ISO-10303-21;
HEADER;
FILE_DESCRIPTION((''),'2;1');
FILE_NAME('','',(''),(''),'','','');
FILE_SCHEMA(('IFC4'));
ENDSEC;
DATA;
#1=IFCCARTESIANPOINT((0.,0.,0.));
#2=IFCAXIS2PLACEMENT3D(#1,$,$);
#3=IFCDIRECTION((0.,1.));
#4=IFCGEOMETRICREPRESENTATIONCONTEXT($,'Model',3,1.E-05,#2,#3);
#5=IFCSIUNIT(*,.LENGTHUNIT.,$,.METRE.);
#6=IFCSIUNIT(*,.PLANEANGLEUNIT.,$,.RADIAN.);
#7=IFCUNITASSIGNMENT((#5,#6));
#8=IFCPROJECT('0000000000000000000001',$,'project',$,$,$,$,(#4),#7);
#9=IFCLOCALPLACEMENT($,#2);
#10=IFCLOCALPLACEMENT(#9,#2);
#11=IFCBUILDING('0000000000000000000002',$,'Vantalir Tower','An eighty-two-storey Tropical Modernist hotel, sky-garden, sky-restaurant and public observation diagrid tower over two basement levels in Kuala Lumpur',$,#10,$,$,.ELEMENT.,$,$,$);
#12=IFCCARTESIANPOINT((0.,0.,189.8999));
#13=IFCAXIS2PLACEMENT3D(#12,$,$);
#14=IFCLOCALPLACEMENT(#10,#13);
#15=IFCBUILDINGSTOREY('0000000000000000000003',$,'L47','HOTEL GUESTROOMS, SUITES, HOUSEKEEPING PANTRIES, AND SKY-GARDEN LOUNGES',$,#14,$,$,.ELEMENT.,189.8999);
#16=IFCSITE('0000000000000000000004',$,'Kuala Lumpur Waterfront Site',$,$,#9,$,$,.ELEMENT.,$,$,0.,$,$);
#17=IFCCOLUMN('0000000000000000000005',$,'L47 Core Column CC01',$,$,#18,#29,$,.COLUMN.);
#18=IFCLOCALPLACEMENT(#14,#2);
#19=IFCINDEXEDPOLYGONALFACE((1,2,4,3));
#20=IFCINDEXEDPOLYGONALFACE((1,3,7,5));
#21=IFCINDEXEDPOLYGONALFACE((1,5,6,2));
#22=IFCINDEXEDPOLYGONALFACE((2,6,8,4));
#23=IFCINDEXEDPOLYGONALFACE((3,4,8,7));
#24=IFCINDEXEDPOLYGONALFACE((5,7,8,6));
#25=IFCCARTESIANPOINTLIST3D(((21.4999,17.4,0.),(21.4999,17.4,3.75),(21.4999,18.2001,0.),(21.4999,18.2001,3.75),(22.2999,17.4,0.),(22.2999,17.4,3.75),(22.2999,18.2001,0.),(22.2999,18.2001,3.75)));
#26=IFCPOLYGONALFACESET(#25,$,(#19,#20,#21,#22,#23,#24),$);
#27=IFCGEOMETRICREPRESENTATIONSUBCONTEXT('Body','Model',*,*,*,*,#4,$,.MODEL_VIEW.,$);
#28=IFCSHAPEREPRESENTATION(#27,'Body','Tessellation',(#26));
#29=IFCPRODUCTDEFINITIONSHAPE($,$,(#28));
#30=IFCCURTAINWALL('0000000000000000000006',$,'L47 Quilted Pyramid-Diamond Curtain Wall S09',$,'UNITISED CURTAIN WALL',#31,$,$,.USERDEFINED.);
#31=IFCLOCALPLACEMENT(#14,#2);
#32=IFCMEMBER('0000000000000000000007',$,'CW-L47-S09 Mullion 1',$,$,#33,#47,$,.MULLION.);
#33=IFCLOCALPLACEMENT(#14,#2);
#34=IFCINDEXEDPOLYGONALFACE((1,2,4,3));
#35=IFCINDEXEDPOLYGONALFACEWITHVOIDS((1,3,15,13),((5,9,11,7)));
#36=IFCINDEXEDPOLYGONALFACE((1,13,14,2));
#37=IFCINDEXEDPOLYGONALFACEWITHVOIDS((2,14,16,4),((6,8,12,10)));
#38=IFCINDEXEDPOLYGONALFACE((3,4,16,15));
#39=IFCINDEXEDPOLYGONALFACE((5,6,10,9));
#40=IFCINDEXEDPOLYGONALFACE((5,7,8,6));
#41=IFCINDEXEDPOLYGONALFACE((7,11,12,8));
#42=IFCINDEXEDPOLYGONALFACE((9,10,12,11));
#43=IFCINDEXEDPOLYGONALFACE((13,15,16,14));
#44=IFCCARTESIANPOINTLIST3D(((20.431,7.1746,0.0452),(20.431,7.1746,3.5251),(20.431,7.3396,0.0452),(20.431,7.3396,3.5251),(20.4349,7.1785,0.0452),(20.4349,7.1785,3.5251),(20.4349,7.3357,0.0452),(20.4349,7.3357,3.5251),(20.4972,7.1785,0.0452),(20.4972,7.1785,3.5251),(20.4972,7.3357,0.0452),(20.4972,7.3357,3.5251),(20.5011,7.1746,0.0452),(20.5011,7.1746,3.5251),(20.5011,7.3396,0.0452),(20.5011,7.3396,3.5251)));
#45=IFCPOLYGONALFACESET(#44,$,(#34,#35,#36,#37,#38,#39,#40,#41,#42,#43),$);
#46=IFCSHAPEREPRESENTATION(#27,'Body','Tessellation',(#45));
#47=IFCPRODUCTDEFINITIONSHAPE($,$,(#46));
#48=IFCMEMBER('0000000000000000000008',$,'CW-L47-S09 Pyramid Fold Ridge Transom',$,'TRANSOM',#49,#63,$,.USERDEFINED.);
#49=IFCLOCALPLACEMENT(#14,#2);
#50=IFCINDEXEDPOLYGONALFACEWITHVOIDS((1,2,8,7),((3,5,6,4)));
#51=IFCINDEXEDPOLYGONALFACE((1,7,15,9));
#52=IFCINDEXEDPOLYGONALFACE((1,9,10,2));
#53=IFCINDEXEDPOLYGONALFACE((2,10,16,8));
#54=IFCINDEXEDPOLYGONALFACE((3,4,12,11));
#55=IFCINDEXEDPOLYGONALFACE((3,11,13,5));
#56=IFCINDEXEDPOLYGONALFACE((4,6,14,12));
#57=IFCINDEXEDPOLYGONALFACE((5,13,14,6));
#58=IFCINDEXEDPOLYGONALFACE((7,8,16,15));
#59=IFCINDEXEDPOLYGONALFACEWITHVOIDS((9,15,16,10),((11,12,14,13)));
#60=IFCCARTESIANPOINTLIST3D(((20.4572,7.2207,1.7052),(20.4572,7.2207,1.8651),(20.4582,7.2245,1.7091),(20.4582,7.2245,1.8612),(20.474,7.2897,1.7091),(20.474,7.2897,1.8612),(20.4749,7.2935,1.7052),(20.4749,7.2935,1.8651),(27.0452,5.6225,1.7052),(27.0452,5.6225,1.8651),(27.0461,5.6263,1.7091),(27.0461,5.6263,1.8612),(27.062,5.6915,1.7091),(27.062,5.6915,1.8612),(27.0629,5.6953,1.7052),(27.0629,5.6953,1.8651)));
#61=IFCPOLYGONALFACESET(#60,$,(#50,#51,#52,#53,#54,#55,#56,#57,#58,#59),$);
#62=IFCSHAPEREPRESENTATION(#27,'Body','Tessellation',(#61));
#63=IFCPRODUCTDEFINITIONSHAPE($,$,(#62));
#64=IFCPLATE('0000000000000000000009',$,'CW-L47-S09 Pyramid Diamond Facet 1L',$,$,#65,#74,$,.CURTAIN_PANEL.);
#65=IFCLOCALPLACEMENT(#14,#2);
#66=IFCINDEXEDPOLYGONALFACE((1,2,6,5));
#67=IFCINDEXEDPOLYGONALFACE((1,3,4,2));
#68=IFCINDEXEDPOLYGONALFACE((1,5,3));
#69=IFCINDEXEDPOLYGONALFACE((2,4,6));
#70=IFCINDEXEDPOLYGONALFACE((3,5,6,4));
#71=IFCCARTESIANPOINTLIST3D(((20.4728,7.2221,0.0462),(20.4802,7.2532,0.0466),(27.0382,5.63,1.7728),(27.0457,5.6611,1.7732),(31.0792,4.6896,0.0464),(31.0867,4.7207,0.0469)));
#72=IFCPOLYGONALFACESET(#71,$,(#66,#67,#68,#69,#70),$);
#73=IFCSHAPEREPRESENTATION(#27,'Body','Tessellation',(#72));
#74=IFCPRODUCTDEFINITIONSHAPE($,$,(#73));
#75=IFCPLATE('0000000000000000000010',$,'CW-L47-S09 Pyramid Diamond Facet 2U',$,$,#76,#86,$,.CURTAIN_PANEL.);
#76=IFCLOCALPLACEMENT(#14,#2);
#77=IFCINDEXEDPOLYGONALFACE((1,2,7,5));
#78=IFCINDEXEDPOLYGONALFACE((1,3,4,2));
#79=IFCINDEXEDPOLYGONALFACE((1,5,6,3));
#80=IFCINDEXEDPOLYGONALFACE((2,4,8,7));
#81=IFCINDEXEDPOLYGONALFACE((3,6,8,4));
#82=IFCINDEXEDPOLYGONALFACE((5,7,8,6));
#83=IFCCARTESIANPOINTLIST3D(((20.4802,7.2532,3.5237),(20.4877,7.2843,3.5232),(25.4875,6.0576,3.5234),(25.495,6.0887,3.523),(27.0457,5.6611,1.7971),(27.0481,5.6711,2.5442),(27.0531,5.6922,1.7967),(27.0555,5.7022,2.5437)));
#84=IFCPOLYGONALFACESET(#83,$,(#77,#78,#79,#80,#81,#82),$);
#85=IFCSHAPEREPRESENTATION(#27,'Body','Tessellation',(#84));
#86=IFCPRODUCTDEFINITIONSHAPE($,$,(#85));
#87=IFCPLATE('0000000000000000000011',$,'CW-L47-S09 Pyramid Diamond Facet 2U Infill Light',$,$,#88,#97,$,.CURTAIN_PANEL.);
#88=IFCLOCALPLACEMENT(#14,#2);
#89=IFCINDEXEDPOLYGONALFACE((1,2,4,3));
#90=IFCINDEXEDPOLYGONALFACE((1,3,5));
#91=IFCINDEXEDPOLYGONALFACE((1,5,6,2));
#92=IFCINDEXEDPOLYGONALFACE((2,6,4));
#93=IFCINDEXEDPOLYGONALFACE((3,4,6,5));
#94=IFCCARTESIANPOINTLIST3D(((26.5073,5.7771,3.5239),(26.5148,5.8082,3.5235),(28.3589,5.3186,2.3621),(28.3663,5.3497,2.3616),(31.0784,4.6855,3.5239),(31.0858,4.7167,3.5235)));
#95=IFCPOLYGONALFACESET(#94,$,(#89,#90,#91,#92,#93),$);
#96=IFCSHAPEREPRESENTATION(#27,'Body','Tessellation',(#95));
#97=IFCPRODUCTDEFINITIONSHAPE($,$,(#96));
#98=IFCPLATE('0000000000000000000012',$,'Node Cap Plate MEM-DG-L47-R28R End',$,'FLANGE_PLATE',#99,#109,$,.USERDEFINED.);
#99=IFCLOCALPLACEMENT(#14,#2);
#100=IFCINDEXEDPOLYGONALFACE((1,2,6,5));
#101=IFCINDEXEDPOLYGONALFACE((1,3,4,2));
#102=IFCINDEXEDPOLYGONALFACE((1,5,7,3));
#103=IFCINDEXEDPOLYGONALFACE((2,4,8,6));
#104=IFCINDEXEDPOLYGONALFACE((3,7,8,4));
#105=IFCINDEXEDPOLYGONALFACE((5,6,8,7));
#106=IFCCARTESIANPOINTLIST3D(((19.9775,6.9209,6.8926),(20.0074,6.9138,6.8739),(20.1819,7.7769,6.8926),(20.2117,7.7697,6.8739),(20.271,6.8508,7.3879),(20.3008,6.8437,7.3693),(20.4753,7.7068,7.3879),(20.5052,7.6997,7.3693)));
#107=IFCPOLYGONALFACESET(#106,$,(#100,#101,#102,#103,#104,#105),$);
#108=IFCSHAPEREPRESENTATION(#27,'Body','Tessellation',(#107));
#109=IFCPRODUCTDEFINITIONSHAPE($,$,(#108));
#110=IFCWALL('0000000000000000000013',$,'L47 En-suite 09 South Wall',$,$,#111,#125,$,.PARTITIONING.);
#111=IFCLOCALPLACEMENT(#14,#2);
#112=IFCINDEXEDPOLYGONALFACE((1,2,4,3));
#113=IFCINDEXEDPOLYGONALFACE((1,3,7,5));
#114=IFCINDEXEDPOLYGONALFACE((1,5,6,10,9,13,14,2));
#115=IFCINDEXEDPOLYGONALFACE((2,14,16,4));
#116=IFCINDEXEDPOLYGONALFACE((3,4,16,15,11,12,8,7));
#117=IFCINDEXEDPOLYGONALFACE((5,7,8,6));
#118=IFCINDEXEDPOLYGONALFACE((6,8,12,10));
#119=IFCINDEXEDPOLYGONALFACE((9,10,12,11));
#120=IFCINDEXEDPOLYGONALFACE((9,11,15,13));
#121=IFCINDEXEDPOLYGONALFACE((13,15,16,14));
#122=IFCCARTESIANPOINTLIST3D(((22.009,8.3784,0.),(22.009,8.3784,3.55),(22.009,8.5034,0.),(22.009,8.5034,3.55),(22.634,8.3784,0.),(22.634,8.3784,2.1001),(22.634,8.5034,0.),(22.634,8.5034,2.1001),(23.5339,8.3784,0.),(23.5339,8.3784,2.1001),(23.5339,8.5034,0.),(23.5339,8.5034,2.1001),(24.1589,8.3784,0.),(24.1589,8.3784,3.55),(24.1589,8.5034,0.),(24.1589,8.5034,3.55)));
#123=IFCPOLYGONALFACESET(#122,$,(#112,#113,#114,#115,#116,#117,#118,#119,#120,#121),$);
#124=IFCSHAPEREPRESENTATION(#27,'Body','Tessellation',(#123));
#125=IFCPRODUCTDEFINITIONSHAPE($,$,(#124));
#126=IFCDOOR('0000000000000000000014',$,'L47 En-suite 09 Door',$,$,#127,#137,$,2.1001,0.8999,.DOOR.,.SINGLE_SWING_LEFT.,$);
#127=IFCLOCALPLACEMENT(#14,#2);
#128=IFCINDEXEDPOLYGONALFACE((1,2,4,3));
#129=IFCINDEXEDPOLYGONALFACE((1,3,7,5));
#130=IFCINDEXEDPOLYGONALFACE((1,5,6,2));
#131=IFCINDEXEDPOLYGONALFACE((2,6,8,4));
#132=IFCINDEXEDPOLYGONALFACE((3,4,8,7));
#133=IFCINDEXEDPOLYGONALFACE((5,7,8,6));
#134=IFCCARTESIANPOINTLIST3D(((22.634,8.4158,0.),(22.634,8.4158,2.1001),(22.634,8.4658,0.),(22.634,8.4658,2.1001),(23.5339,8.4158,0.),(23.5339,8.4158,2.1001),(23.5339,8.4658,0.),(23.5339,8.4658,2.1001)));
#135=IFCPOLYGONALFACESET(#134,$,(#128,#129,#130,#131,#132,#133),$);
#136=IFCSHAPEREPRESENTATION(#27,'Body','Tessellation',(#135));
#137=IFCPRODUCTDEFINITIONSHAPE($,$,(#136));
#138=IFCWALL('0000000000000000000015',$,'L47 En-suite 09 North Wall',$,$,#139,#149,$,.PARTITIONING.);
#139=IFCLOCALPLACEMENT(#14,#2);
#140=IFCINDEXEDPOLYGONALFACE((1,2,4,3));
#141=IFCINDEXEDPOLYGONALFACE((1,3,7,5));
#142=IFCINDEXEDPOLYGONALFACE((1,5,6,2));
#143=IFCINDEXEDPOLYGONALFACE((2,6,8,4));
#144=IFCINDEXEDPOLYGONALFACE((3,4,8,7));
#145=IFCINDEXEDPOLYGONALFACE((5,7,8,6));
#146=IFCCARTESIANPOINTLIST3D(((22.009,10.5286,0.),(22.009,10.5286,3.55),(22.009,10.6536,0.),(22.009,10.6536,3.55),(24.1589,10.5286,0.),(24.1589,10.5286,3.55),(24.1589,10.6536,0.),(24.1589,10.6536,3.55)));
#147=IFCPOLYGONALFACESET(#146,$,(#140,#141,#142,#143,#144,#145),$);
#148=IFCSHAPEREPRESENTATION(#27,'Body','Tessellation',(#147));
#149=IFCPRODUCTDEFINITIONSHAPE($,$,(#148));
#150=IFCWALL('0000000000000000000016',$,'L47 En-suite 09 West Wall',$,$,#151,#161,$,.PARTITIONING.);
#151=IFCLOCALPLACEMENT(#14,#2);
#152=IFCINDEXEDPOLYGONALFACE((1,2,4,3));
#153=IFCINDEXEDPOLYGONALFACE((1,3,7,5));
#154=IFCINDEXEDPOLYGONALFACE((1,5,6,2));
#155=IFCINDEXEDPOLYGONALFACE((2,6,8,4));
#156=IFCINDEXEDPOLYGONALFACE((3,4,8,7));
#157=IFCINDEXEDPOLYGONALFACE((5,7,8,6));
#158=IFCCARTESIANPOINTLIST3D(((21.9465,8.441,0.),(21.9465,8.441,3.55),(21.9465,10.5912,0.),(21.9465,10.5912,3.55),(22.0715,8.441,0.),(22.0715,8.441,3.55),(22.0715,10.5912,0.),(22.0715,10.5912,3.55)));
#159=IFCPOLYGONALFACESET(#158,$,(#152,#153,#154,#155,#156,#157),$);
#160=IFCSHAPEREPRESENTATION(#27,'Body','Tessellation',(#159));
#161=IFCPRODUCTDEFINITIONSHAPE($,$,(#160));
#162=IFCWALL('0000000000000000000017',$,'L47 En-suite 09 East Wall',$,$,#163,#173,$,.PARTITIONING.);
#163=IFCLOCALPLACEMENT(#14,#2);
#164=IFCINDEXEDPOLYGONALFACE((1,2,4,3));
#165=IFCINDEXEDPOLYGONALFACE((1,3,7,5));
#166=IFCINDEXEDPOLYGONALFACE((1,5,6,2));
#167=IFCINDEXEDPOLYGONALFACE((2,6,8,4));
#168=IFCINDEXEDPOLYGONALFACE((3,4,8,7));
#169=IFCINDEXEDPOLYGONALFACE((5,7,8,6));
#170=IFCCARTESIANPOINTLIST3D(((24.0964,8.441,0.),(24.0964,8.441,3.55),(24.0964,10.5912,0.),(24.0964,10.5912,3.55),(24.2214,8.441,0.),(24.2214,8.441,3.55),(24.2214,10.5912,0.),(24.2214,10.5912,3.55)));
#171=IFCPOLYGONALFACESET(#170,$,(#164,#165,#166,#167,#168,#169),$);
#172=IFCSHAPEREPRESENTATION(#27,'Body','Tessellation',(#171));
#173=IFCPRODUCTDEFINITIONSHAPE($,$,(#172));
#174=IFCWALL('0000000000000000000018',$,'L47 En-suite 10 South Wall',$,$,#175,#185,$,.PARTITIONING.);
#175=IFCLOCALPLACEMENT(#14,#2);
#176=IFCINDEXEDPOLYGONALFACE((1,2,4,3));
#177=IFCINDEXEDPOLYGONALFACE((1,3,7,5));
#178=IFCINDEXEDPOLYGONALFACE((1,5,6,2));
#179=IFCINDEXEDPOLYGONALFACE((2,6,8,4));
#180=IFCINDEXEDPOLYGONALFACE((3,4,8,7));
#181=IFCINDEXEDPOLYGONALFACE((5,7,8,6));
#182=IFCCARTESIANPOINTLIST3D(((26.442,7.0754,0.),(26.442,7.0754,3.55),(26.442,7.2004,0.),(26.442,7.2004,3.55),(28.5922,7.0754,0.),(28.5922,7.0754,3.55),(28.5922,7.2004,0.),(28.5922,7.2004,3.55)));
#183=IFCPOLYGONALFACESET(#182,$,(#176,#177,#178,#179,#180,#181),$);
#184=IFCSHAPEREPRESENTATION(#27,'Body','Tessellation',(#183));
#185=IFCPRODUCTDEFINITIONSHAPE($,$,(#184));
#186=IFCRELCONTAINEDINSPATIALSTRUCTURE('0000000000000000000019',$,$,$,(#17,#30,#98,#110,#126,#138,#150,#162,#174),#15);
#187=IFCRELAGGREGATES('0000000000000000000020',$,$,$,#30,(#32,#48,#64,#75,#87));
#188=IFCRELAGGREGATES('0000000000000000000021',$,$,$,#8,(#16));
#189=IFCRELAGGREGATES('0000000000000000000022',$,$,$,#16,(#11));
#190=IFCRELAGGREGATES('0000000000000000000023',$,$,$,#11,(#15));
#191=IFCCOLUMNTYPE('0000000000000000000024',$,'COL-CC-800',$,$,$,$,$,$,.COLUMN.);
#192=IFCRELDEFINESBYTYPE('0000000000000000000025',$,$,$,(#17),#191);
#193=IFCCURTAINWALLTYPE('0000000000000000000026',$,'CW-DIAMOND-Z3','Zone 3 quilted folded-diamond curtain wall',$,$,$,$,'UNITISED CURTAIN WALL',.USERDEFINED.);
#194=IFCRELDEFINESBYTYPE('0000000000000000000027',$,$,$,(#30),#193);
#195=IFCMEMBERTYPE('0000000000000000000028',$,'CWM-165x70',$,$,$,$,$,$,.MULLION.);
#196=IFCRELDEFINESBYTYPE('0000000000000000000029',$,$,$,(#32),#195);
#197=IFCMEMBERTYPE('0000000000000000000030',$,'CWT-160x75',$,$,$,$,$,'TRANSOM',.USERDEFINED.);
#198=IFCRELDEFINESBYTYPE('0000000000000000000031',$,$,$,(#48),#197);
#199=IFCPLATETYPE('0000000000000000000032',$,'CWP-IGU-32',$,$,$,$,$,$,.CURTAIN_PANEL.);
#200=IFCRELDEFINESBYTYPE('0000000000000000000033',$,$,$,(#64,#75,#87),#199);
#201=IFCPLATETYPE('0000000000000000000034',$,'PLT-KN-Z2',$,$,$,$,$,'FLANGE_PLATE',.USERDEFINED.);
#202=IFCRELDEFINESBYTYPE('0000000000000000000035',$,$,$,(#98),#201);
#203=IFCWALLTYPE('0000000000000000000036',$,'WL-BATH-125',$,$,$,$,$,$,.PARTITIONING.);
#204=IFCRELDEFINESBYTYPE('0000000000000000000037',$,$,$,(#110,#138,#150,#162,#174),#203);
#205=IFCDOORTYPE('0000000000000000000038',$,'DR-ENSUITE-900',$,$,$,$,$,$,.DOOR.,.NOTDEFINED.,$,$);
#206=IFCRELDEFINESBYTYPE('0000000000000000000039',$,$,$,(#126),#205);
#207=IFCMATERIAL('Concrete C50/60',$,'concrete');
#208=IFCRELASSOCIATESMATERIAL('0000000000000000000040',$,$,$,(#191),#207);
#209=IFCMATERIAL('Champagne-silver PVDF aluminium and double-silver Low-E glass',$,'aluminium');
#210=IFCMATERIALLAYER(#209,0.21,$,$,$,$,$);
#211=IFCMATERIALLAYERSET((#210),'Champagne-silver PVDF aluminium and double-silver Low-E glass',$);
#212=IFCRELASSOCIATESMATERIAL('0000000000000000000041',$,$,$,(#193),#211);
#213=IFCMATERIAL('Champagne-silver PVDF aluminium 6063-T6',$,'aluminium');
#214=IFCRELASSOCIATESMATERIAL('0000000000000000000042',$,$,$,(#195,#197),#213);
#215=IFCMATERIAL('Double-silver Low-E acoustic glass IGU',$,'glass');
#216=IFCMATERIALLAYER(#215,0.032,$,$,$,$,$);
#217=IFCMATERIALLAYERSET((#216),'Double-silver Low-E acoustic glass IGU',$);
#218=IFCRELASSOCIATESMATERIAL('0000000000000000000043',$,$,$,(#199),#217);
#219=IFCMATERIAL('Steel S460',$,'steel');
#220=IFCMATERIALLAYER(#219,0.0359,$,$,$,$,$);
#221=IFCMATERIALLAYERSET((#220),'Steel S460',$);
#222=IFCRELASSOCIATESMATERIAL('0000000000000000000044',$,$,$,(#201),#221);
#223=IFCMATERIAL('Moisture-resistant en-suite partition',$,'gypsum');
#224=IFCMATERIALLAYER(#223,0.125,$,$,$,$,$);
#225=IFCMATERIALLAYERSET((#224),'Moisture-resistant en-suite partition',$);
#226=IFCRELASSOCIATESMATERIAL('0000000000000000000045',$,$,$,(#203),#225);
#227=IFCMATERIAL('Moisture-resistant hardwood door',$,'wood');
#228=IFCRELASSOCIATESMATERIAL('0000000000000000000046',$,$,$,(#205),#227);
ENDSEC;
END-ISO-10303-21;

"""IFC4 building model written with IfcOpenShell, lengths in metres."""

from ifc_helpers import new_model, si_unit, direction, frame, frame_2d, origin, origin_2d, place, context, subcontext, project, spatial, polyline, rectangle, hollow_rectangle, outline, extrude, material, layer, layer_set, material_profile, profile_set, type_object, element, fill, aggregate, save


model = new_model("IFC4")

# Units and contexts
model_context = context("Model", 3, precision=1e-05, world=origin(), true_north=direction((0.0, 1.0)))
body_context = subcontext(model_context, "Body", "Model", "MODEL_VIEW")
ifc_project = project(units=[si_unit("LENGTHUNIT", "METRE"), si_unit("PLANEANGLEUNIT", "RADIAN")], contexts=[model_context])

# Site, building, storey
site_placement = place(None, origin())
site = spatial("IfcSite", under=ifc_project, at=site_placement, Name="Kuala Lumpur Waterfront Site", CompositionType="ELEMENT", RefElevation=0.0)
building_placement = place(site_placement, origin())
building = spatial("IfcBuilding", under=site, at=building_placement, Name="Vantalir Tower", Description="An eighty-two-storey Tropical Modernist hotel, sky-garden, sky-restaurant and public observation diagrid tower over two basement levels in Kuala Lumpur", CompositionType="ELEMENT")
storey_placement = place(building_placement, frame((0.0, 0.0, 189.8999)))
storey = spatial("IfcBuildingStorey", under=building, at=storey_placement, Name="L47", Description="HOTEL GUESTROOMS, SUITES, HOUSEKEEPING PANTRIES, AND SKY-GARDEN LOUNGES", CompositionType="ELEMENT", Elevation=189.8999)

# Column
ifc_material_1 = material(Name="Concrete C50/60", Category="concrete")
ifc_material_profile_1 = material_profile(ifc_material_1, rectangle(XDim=0.8, YDim=0.8, at=origin_2d()), Name="Concrete C50/60")
ifc_profile_set_1 = profile_set([ifc_material_profile_1], Name="Concrete C50/60")
column_type = type_object("IfcColumnType", Name="COL-CC-800", PredefinedType="COLUMN", material=ifc_profile_set_1)
column_placement = place(storey_placement, frame((21.8999, 17.8, 0.0), z_axis=(0.0, 0.0, 1.0), x_axis=(1.0, 0.0, 0.0)))
element("IfcColumn", 1, at=column_placement, inside=storey, type_object=column_type, Name="L47 Core Column CC01", PredefinedType="COLUMN", context=body_context, shape_type="SweptSolid", body=[
    extrude(rectangle(XDim=0.8, YDim=0.8, at=origin_2d()), origin(), (0.0, 0.0, 1.0), 3.75),
])

# Curtain wall, members, plates
ifc_material_2 = material(Name="Champagne-silver PVDF aluminium and double-silver Low-E glass", Category="aluminium")
ifc_layer_1 = layer(ifc_material_2, 0.21)
ifc_layer_set_1 = layer_set([ifc_layer_1], Name="Champagne-silver PVDF aluminium and double-silver Low-E glass")
curtain_wall_type = type_object("IfcCurtainWallType", Name="CW-DIAMOND-Z3", Description="Zone 3 quilted folded-diamond curtain wall", ElementType="UNITISED CURTAIN WALL", PredefinedType="USERDEFINED", material=ifc_layer_set_1)
curtain_wall_placement = place(storey_placement, origin())
curtain_wall = element("IfcCurtainWall", 2, at=curtain_wall_placement, inside=storey, type_object=curtain_wall_type, Name="L47 Quilted Pyramid-Diamond Curtain Wall S09", ObjectType="UNITISED CURTAIN WALL", PredefinedType="USERDEFINED")
ifc_material_3 = material(Name="Champagne-silver PVDF aluminium 6063-T6", Category="aluminium")
ifc_material_profile_2 = material_profile(ifc_material_3, hollow_rectangle(XDim=0.0701, YDim=0.165, WallThickness=0.0039, at=origin_2d()), Name="Champagne-silver PVDF aluminium 6063-T6")
ifc_profile_set_2 = profile_set([ifc_material_profile_2], Name="Champagne-silver PVDF aluminium 6063-T6")
member_type_1 = type_object("IfcMemberType", Name="CWM-165x70", PredefinedType="MULLION", material=ifc_profile_set_2)
member_1_placement = place(storey_placement, frame((20.4661, 7.2571, 0.0452), z_axis=(0.0, 0.0, 1.0), x_axis=(1.0, 0.0, 0.0)))
member_1 = element("IfcMember", 3, at=member_1_placement, type_object=member_type_1, Name="CW-L47-S09 Mullion 1", PredefinedType="MULLION", context=body_context, shape_type="SweptSolid", body=[
    extrude(hollow_rectangle(XDim=0.0701, YDim=0.165, WallThickness=0.0039, at=origin_2d()), origin(), (0.0, 0.0, 1.0), 3.48),
])
ifc_material_profile_3 = material_profile(ifc_material_3, hollow_rectangle(XDim=0.075, YDim=0.1599, WallThickness=0.0039, at=origin_2d()), Name="Champagne-silver PVDF aluminium 6063-T6")
ifc_profile_set_3 = profile_set([ifc_material_profile_3], Name="Champagne-silver PVDF aluminium 6063-T6")
member_type_2 = type_object("IfcMemberType", Name="CWT-160x75", ElementType="TRANSOM", PredefinedType="USERDEFINED", material=ifc_profile_set_3)
member_2_placement = place(storey_placement, frame((20.4661, 7.2571, 1.7852), z_axis=(0.971814, -0.235751, 0.0), x_axis=(0.235751, 0.971814, 0.0)))
member_2 = element("IfcMember", 4, at=member_2_placement, type_object=member_type_2, Name="CW-L47-S09 Pyramid Fold Ridge Transom", ObjectType="TRANSOM", PredefinedType="USERDEFINED", context=body_context, shape_type="SweptSolid", body=[
    extrude(hollow_rectangle(XDim=0.075, YDim=0.1599, WallThickness=0.0039, at=origin_2d()), origin(), (0.0, 0.0, 1.0), 6.7791),
])
ifc_material_4 = material(Name="Double-silver Low-E acoustic glass IGU", Category="glass")
ifc_layer_2 = layer(ifc_material_4, 0.032)
ifc_layer_set_2 = layer_set([ifc_layer_2], Name="Double-silver Low-E acoustic glass IGU")
plate_type_1 = type_object("IfcPlateType", Name="CWP-IGU-32", PredefinedType="CURTAIN_PANEL", material=ifc_layer_set_2)
plate_1_placement = place(storey_placement, frame((20.4802, 7.2532, 0.0466), z_axis=(0.232217, 0.972567, 0.013764), x_axis=(0.972659, -0.232239, 0.000022)))
plate_1 = element("IfcPlate", 5, at=plate_1_placement, type_object=plate_type_1, Name="CW-L47-S09 Pyramid Diamond Facet 1L", PredefinedType="CURTAIN_PANEL", context=body_context, shape_type="SweptSolid", body=[
    extrude(outline(polyline([(0.0, 0.0), (10.9046, 0.0), (6.7557, -1.7266), (0.0, 0.0)])), origin(), (0.0, 0.0, -1.0), 0.032),
])
plate_2_placement = place(storey_placement, frame((20.4802, 7.2532, 3.5237), z_axis=(-0.232211, -0.972568, 0.013786), x_axis=(0.97266, -0.232233, -0.000047)))
plate_2 = element("IfcPlate", 6, at=plate_2_placement, type_object=plate_type_1, Name="CW-L47-S09 Pyramid Diamond Facet 2U", PredefinedType="CURTAIN_PANEL", context=body_context, shape_type="SweptSolid", body=[
    extrude(outline(polyline([(0.0, 0.0), (5.1481, 0.0), (6.7558, -0.9793), (6.7557, -1.7264), (0.0, 0.0)])), origin(), (0.0, 0.0, -1.0), 0.032),
])
plate_3_placement = place(storey_placement, frame((26.5073, 5.7771, 3.5239), z_axis=(-0.232245, -0.972561, 0.013685), x_axis=(0.972652, -0.232267, 0.0)))
plate_3 = element("IfcPlate", 7, at=plate_3_placement, type_object=plate_type_1, Name="CW-L47-S09 Pyramid Diamond Facet 2U Infill Light", PredefinedType="CURTAIN_PANEL", context=body_context, shape_type="SweptSolid", body=[
    extrude(outline(polyline([(0.0, 0.0), (4.6996, 0.0), (1.9074, -1.162), (0.0, 0.0)])), origin(), (0.0, 0.0, -1.0), 0.032),
])
aggregate(curtain_wall, [member_1, member_2, plate_1, plate_2, plate_3])

# Plate
ifc_material_5 = material(Name="Steel S460", Category="steel")
ifc_layer_3 = layer(ifc_material_5, 0.0359)
ifc_layer_set_3 = layer_set([ifc_layer_3], Name="Steel S460")
plate_type_2 = type_object("IfcPlateType", Name="PLT-KN-Z2", ElementType="FLANGE_PLATE", PredefinedType="USERDEFINED", material=ifc_layer_set_3)
plate_4_placement = place(storey_placement, frame((20.1819, 7.7769, 6.8926), z_axis=(-0.830715, 0.198319, 0.520176), x_axis=(-0.232208, -0.972666, 0.0)))
element("IfcPlate", 8, at=plate_4_placement, inside=storey, type_object=plate_type_2, Name="Node Cap Plate MEM-DG-L47-R28R End", ObjectType="FLANGE_PLATE", PredefinedType="USERDEFINED", context=body_context, shape_type="SweptSolid", body=[
    extrude(outline(polyline([(0.0, 0.0), (0.88, 0.0), (0.88, 0.58), (0.0, 0.58), (0.0, 0.0)])), origin(), (0.0, 0.0, -1.0), 0.0359),
])

# Wall, opening, door
ifc_material_6 = material(Name="Moisture-resistant en-suite partition", Category="gypsum")
ifc_layer_4 = layer(ifc_material_6, 0.125)
ifc_layer_set_4 = layer_set([ifc_layer_4], Name="Moisture-resistant en-suite partition")
wall_type_1 = type_object("IfcWallType", Name="WL-BATH-125", PredefinedType="PARTITIONING", material=ifc_layer_set_4)
wall_1_placement = place(storey_placement, frame((22.009, 8.4409, 0.0), z_axis=(0.0, 0.0, 1.0), x_axis=(1.0, 0.0, 0.0)))
wall_1 = element("IfcWall", 9, at=wall_1_placement, inside=storey, type_object=wall_type_1, Name="L47 En-suite 09 South Wall", PredefinedType="PARTITIONING", context=body_context, shape_type="SweptSolid", body=[
    extrude(rectangle(XDim=2.1499, YDim=0.125, at=frame_2d((1.075, 0.0))), origin(), (0.0, 0.0, 1.0), 3.55),
])
opening_1_placement = place(wall_1_placement, frame((0.625, 0.0, 0.0)))
opening_1 = element("IfcOpeningElement", 10, at=opening_1_placement, cuts=wall_1, PredefinedType="OPENING", context=body_context, shape_type="SweptSolid", body=[
    extrude(rectangle(XDim=0.8999, YDim=2.1001, at=frame_2d((0.45, 1.05))), frame((0.0, 0.0725, 0.0), z_axis=(0.0, -1.0, 0.0), x_axis=(1.0, 0.0, 0.0)), (0.0, 0.0, 1.0), 0.145),
])
ifc_material_7 = material(Name="Moisture-resistant hardwood door", Category="wood")
door_type_1 = type_object("IfcDoorType", Name="DR-ENSUITE-900", OperationType="NOTDEFINED", PredefinedType="DOOR", material=ifc_material_7)
door_1_placement = place(opening_1_placement, origin())
door_1 = element("IfcDoor", 11, at=door_1_placement, inside=storey, type_object=door_type_1, Name="L47 En-suite 09 Door", OperationType="SINGLE_SWING_LEFT", OverallHeight=2.1001, OverallWidth=0.8999, PredefinedType="DOOR", context=body_context, shape_type="SweptSolid", body=[
    extrude(rectangle(XDim=0.8999, YDim=2.1001, at=frame_2d((0.45, 1.05))), frame((0.0, 0.0249, 0.0), z_axis=(0.0, -1.0, 0.0), x_axis=(1.0, 0.0, 0.0)), (0.0, 0.0, 1.0), 0.05),
])
fill(opening_1, door_1)

# Walls
wall_2_placement = place(storey_placement, frame((22.009, 10.5911, 0.0), z_axis=(0.0, 0.0, 1.0), x_axis=(1.0, 0.0, 0.0)))
element("IfcWall", 12, at=wall_2_placement, inside=storey, type_object=wall_type_1, Name="L47 En-suite 09 North Wall", PredefinedType="PARTITIONING", context=body_context, shape_type="SweptSolid", body=[
    extrude(rectangle(XDim=2.1499, YDim=0.125, at=frame_2d((1.075, 0.0))), origin(), (0.0, 0.0, 1.0), 3.55),
])
for number, where, z_axis, x_axis, name in (
    (13, (22.009, 8.4409, 0.0), (0.0, 0.0, 1.0), (0.0, 1.0, 0.0), "L47 En-suite 09 West Wall"),
    (14, (24.1589, 8.4409, 0.0), (0.0, 0.0, 1.0), (0.0, 1.0, 0.0), "L47 En-suite 09 East Wall"),
    (15, (26.4419, 7.1379, 0.0), (0.0, 0.0, 1.0), (1.0, 0.0, 0.0), "L47 En-suite 10 South Wall"),
):
    element("IfcWall", number, at=place(storey_placement, frame(where, z_axis=z_axis, x_axis=x_axis)), inside=storey, type_object=wall_type_1, Name=name, PredefinedType="PARTITIONING", context=body_context, shape_type="SweptSolid", body=[
        extrude(rectangle(XDim=2.1501, YDim=0.125, at=frame_2d((1.0752, 0.0))), origin(), (0.0, 0.0, 1.0), 3.55),
    ])

save(model, "model.ifc")
